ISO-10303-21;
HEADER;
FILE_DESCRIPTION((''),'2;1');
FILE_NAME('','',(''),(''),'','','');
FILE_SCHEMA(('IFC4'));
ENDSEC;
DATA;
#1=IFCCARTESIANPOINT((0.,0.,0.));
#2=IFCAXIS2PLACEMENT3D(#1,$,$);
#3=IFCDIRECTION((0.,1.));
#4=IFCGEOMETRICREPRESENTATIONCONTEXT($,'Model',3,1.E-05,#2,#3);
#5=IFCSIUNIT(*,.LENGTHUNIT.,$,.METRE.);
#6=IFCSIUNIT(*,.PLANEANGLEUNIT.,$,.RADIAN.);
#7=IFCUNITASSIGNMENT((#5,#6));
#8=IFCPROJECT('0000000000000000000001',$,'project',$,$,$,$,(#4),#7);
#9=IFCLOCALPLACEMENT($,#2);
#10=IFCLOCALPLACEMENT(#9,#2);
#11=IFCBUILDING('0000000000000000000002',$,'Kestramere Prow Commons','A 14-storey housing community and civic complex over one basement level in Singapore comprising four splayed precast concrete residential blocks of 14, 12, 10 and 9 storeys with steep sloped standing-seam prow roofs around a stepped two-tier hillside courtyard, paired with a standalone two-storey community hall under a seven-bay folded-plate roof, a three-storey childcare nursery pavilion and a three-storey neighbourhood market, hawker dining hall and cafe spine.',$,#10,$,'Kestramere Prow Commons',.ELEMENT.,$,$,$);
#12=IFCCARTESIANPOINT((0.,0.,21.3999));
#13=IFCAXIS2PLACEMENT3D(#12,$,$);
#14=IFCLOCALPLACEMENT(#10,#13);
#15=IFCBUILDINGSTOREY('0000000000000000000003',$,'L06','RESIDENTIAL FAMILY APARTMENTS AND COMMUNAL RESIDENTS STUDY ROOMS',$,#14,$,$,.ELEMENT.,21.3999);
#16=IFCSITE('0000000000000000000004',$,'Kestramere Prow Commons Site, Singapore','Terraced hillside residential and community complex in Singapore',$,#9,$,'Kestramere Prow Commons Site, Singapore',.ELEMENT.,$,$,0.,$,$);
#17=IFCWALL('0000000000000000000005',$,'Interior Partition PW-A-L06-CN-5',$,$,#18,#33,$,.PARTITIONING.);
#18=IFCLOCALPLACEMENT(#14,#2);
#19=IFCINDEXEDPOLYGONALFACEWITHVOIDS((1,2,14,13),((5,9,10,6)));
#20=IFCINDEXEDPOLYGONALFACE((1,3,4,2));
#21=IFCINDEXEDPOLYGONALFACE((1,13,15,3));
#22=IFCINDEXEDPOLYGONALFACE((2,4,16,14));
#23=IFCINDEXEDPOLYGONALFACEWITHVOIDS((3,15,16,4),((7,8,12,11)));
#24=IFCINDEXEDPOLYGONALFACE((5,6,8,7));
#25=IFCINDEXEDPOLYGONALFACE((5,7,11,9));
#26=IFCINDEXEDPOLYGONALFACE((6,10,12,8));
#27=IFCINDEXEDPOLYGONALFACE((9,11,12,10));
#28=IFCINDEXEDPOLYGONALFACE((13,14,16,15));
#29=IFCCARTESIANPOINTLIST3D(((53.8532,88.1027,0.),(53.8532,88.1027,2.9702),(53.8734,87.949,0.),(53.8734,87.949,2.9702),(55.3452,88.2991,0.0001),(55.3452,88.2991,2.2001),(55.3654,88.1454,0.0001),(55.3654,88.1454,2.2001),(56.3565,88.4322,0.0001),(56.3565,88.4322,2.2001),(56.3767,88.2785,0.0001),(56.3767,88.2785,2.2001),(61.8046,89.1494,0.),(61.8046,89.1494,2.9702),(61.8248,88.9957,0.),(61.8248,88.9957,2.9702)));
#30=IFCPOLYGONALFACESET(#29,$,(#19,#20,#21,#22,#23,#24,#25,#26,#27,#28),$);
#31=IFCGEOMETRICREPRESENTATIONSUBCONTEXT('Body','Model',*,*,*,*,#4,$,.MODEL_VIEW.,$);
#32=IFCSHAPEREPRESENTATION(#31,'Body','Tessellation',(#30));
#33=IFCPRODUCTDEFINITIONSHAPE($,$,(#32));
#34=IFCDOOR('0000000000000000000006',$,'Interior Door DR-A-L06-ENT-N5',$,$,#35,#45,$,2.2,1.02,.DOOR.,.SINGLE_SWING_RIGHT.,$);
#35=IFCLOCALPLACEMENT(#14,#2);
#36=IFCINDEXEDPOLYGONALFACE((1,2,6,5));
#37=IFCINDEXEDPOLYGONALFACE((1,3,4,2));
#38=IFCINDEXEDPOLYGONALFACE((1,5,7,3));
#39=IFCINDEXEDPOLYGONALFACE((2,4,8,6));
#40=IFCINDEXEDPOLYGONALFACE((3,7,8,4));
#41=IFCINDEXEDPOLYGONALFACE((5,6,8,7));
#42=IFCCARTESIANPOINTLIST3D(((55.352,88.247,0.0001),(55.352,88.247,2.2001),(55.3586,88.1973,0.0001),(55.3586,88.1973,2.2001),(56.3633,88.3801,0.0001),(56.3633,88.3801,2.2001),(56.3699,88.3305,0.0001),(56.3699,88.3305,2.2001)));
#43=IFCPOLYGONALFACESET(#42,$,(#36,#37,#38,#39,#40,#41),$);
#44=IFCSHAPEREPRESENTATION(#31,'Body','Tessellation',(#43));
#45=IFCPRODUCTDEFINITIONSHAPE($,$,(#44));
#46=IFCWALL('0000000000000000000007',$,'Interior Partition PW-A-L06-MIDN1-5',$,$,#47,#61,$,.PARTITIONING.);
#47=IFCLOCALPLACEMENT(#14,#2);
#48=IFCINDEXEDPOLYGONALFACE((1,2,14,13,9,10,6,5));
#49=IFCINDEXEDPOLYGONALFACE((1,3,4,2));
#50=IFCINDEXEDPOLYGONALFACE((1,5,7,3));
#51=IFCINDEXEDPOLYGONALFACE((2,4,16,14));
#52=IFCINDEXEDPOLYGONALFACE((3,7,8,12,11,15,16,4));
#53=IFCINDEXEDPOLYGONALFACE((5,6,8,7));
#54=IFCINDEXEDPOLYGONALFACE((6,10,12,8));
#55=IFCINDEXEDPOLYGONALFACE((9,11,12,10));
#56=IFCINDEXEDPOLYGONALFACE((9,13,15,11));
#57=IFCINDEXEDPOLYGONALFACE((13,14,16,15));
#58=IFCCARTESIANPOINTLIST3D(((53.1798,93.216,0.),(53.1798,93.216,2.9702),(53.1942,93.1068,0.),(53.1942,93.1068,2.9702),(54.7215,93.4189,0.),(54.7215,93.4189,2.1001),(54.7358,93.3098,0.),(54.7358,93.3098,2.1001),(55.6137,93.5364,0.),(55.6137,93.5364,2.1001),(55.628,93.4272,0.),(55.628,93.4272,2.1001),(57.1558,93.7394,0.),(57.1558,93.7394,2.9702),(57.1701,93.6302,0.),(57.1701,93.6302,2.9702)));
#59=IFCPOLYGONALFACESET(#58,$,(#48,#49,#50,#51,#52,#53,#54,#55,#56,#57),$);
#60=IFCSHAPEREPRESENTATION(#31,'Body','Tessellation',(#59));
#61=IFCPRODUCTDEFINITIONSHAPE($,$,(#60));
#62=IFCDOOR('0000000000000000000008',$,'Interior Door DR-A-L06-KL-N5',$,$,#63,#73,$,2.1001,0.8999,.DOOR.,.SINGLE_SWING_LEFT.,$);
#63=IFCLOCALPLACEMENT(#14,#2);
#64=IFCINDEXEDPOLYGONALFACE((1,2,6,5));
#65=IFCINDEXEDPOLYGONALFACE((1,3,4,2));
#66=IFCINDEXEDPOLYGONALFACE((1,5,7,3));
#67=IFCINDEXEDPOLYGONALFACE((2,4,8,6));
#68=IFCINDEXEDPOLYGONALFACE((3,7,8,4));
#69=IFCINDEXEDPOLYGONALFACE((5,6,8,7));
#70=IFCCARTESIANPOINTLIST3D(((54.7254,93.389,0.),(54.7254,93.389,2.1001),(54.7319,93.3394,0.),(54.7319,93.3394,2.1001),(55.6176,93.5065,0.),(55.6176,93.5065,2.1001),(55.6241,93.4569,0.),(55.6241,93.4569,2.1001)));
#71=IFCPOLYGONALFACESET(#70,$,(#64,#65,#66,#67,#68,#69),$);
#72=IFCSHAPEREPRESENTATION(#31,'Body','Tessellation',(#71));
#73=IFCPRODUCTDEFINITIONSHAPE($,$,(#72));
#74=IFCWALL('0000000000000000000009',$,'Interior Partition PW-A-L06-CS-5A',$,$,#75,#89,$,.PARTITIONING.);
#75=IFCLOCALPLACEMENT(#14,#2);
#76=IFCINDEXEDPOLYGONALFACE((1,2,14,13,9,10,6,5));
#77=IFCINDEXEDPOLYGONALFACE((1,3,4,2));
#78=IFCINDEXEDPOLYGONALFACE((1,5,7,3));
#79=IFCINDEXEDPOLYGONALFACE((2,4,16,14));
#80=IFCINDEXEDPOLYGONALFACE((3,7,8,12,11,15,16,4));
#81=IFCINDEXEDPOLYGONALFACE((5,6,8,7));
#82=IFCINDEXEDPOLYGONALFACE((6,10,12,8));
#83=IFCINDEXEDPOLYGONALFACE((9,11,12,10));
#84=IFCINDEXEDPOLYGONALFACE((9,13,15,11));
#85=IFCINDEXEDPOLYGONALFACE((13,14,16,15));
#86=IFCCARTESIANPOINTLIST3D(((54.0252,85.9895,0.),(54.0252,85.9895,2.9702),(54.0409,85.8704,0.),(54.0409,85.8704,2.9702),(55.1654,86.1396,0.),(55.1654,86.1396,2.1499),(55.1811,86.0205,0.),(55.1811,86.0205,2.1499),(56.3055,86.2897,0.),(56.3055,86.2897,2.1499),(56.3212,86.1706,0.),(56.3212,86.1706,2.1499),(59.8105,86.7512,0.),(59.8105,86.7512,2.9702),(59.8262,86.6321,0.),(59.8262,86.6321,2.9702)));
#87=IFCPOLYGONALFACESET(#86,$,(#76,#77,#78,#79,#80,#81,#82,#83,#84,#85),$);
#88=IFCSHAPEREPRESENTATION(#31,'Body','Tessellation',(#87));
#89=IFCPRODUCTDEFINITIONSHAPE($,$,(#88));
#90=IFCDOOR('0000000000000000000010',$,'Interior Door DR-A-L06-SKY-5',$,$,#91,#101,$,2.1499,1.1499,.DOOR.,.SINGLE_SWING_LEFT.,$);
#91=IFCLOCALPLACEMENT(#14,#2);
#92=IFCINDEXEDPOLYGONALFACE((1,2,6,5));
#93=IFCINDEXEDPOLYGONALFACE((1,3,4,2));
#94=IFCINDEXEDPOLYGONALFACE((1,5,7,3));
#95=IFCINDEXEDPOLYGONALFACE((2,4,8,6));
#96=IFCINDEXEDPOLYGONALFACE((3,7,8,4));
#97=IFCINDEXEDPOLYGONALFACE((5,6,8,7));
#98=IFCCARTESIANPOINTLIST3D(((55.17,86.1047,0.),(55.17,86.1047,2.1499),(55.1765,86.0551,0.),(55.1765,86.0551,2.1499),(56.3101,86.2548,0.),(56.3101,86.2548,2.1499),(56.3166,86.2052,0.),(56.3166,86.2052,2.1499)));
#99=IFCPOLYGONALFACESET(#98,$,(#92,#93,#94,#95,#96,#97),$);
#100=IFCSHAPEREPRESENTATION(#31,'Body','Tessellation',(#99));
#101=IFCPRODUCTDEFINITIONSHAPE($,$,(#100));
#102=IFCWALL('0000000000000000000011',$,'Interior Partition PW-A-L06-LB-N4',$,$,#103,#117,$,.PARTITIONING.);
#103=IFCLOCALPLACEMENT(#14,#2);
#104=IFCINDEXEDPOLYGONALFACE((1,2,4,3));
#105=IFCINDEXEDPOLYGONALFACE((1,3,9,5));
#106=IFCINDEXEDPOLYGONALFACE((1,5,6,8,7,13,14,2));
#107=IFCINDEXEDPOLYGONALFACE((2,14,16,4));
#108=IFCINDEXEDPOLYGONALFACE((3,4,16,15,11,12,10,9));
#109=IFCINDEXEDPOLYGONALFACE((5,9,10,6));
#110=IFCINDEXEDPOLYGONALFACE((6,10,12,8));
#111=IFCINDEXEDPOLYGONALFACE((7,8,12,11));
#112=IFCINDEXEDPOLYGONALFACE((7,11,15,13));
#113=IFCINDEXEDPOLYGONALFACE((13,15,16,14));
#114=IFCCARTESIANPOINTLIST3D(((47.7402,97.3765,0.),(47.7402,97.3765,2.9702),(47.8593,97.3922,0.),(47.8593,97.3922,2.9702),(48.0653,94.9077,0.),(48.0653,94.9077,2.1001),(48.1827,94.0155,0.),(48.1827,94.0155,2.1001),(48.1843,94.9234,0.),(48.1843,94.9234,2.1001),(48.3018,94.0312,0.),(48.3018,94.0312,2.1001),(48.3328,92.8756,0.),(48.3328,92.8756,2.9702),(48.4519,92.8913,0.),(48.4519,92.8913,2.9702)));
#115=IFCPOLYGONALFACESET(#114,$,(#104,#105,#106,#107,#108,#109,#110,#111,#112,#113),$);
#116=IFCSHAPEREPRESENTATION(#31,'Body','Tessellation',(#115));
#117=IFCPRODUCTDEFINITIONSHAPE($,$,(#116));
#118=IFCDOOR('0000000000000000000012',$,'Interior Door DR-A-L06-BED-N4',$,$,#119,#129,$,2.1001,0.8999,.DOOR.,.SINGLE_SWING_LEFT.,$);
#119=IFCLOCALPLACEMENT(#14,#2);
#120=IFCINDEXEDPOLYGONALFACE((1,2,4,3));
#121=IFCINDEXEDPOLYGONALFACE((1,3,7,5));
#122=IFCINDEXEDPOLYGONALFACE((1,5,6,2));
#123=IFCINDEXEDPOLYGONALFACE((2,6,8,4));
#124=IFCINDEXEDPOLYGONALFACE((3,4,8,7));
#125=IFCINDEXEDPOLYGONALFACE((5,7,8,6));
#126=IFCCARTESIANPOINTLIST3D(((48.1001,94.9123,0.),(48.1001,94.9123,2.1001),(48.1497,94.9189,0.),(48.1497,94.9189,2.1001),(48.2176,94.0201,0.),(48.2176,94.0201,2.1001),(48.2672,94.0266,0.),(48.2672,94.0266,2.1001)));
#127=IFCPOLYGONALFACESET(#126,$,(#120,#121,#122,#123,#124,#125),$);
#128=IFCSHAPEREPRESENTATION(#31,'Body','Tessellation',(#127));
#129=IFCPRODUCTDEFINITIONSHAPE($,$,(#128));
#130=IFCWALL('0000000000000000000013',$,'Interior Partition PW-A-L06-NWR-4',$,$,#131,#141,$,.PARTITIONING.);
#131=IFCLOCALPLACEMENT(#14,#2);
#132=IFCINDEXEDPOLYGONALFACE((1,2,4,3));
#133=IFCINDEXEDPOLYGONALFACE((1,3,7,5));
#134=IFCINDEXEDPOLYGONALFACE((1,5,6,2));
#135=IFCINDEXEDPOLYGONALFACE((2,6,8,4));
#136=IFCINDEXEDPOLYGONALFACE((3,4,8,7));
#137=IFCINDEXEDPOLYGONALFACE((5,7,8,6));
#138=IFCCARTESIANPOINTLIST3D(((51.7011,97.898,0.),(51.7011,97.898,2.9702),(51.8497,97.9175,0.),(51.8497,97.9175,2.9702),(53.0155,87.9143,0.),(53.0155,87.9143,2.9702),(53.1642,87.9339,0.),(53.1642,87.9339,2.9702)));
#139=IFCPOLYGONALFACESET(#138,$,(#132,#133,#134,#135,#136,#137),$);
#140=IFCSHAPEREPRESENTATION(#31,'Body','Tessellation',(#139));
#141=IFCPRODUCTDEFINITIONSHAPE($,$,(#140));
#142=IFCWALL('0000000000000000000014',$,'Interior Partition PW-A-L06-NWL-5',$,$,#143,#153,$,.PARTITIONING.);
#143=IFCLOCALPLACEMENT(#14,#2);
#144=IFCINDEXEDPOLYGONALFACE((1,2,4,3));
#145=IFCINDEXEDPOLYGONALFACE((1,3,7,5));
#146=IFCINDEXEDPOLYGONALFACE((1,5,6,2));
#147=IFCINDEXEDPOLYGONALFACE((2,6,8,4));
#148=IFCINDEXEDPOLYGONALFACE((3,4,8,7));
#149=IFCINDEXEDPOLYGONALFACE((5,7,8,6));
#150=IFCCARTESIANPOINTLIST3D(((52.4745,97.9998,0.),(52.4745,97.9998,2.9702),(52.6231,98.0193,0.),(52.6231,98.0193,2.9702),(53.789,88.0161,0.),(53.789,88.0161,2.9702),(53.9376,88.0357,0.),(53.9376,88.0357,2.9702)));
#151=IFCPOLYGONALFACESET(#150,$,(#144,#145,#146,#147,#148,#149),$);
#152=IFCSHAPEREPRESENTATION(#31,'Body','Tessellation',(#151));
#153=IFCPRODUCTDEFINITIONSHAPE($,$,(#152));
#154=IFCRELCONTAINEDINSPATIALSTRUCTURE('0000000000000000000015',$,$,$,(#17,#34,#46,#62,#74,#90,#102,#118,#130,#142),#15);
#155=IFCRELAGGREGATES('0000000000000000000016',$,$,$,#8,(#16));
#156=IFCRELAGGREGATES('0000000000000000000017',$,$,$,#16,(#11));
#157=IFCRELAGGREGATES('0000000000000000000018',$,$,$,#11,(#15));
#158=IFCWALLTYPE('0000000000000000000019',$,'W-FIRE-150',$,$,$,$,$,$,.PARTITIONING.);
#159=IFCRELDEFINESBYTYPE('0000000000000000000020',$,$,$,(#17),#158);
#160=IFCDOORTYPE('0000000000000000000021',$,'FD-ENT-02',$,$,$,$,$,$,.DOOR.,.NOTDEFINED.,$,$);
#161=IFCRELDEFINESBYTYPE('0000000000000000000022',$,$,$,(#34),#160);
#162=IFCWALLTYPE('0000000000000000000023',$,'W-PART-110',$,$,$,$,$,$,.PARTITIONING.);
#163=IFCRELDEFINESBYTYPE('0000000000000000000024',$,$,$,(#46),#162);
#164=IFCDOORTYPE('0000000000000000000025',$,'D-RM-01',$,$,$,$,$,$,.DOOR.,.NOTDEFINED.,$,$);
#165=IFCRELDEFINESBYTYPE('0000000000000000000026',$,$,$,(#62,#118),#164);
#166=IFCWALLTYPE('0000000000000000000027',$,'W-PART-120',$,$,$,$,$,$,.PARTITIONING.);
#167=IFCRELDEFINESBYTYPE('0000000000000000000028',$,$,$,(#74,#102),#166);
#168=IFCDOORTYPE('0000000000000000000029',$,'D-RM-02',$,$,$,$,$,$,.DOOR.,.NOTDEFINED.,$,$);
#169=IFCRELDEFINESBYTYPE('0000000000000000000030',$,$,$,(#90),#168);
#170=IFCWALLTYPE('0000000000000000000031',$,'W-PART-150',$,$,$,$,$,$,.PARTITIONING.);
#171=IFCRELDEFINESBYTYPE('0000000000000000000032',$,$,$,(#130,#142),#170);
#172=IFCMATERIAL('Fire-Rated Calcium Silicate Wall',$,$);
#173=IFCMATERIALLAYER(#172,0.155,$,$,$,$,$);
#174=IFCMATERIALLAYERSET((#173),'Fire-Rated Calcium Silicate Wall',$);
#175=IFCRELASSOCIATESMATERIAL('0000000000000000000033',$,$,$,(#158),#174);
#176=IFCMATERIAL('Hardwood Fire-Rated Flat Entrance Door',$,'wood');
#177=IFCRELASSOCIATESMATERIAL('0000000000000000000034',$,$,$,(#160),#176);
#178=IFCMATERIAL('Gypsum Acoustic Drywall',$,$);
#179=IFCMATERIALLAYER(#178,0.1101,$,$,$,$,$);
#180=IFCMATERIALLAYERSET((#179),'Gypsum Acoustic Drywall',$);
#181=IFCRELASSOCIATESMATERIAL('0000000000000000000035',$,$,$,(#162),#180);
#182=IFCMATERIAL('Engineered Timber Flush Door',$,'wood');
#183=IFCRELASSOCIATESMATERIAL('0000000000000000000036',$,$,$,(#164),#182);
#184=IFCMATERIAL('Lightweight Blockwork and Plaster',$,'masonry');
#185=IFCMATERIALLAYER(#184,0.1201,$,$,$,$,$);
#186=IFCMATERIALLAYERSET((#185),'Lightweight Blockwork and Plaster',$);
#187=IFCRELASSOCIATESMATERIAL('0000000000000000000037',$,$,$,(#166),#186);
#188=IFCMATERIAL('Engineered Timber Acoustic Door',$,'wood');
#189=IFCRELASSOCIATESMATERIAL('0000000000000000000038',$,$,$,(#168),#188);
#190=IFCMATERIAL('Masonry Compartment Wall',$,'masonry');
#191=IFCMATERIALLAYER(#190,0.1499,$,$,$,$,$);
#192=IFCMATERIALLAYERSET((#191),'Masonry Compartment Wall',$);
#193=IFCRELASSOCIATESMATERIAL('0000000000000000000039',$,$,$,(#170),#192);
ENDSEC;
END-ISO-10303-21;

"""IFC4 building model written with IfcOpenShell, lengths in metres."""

from ifc_helpers import new_model, si_unit, direction, frame, frame_2d, origin, place, context, subcontext, project, spatial, rectangle, extrude, material, layer, layer_set, type_object, element, fill, save


model = new_model("IFC4")

# Units and contexts
model_context = context("Model", 3, precision=1e-05, world=origin(), true_north=direction((0.0, 1.0)))
body_context = subcontext(model_context, "Body", "Model", "MODEL_VIEW")
ifc_project = project(units=[si_unit("LENGTHUNIT", "METRE"), si_unit("PLANEANGLEUNIT", "RADIAN")], contexts=[model_context])

# Site, building, storey
site_placement = place(None, origin())
site = spatial("IfcSite", under=ifc_project, at=site_placement, Name="Kestramere Prow Commons Site, Singapore", Description="Terraced hillside residential and community complex in Singapore", LongName="Kestramere Prow Commons Site, Singapore", CompositionType="ELEMENT", RefElevation=0.0)
building_placement = place(site_placement, origin())
building = spatial("IfcBuilding", under=site, at=building_placement, Name="Kestramere Prow Commons", Description="A 14-storey housing community and civic complex over one basement level in Singapore comprising four splayed precast concrete residential blocks of 14, 12, 10 and 9 storeys with steep sloped standing-seam prow roofs around a stepped two-tier hillside courtyard, paired with a standalone two-storey community hall under a seven-bay folded-plate roof, a three-storey childcare nursery pavilion and a three-storey neighbourhood market, hawker dining hall and cafe spine.", LongName="Kestramere Prow Commons", CompositionType="ELEMENT")
storey_placement = place(building_placement, frame((0.0, 0.0, 21.3999)))
storey = spatial("IfcBuildingStorey", under=building, at=storey_placement, Name="L06", Description="RESIDENTIAL FAMILY APARTMENTS AND COMMUNAL RESIDENTS STUDY ROOMS", CompositionType="ELEMENT", Elevation=21.3999)

# Walls, openings, doors
ifc_material_1 = material(Name="Fire-Rated Calcium Silicate Wall")
ifc_layer_1 = layer(ifc_material_1, 0.155)
ifc_layer_set_1 = layer_set([ifc_layer_1], Name="Fire-Rated Calcium Silicate Wall")
wall_type_1 = type_object("IfcWallType", Name="W-FIRE-150", PredefinedType="PARTITIONING", material=ifc_layer_set_1)
wall_1_placement = place(storey_placement, frame((53.8633, 88.0259, 0.0), z_axis=(0.0, 0.0, 1.0), x_axis=(0.991448, 0.130503, 0.0)))
wall_1 = element("IfcWall", 1, at=wall_1_placement, inside=storey, type_object=wall_type_1, Name="Interior Partition PW-A-L06-CN-5", PredefinedType="PARTITIONING", context=body_context, shape_type="SweptSolid", body=[
    extrude(rectangle(XDim=8.02, YDim=0.155, at=frame_2d((4.01, 0.0))), origin(), (0.0, 0.0, 1.0), 2.9702),
])
opening_1_placement = place(wall_1_placement, frame((1.5049, 0.0, 0.0)))
opening_1 = element("IfcOpeningElement", 2, at=opening_1_placement, cuts=wall_1, PredefinedType="OPENING", context=body_context, shape_type="SweptSolid", body=[
    extrude(rectangle(XDim=1.02, YDim=2.2, at=frame_2d((0.51, 1.1001))), frame((0.0, 0.0925, 0.0), z_axis=(0.0, -1.0, 0.0), x_axis=(1.0, 0.0, 0.0)), (0.0, 0.0, 1.0), 0.1851),
])
ifc_material_2 = material(Name="Hardwood Fire-Rated Flat Entrance Door", Category="wood")
door_type_1 = type_object("IfcDoorType", Name="FD-ENT-02", OperationType="NOTDEFINED", PredefinedType="DOOR", material=ifc_material_2)
door_1_placement = place(opening_1_placement, origin())
door_1 = element("IfcDoor", 3, at=door_1_placement, inside=storey, type_object=door_type_1, Name="Interior Door DR-A-L06-ENT-N5", OperationType="SINGLE_SWING_RIGHT", OverallHeight=2.2, OverallWidth=1.02, PredefinedType="DOOR", context=body_context, shape_type="SweptSolid", body=[
    extrude(rectangle(XDim=1.02, YDim=2.2, at=frame_2d((0.51, 1.1001))), frame((0.0, 0.0249, 0.0), z_axis=(0.0, -1.0, 0.0), x_axis=(1.0, 0.0, 0.0)), (0.0, 0.0, 1.0), 0.05),
])
fill(opening_1, door_1)
ifc_material_3 = material(Name="Gypsum Acoustic Drywall")
ifc_layer_2 = layer(ifc_material_3, 0.1101)
ifc_layer_set_2 = layer_set([ifc_layer_2], Name="Gypsum Acoustic Drywall")
wall_type_2 = type_object("IfcWallType", Name="W-PART-110", PredefinedType="PARTITIONING", material=ifc_layer_set_2)
wall_2_placement = place(storey_placement, frame((53.187, 93.1614, 0.0), z_axis=(0.0, 0.0, 1.0), x_axis=(0.991445, 0.130529, 0.0)))
wall_2 = element("IfcWall", 4, at=wall_2_placement, inside=storey, type_object=wall_type_2, Name="Interior Partition PW-A-L06-MIDN1-5", PredefinedType="PARTITIONING", context=body_context, shape_type="SweptSolid", body=[
    extrude(rectangle(XDim=4.0103, YDim=0.1101, at=frame_2d((2.0051, 0.0))), origin(), (0.0, 0.0, 1.0), 2.9702),
])
opening_2_placement = place(wall_2_placement, frame((1.5549, 0.0, 0.0)))
opening_2 = element("IfcOpeningElement", 5, at=opening_2_placement, cuts=wall_2, PredefinedType="OPENING", context=body_context, shape_type="SweptSolid", body=[
    extrude(rectangle(XDim=0.8999, YDim=2.1001, at=frame_2d((0.45, 1.05))), frame((0.0, 0.0701, 0.0), z_axis=(0.0, -1.0, 0.0), x_axis=(1.0, 0.0, 0.0)), (0.0, 0.0, 1.0), 0.1401),
])
ifc_material_4 = material(Name="Engineered Timber Flush Door", Category="wood")
door_type_2 = type_object("IfcDoorType", Name="D-RM-01", OperationType="NOTDEFINED", PredefinedType="DOOR", material=ifc_material_4)
door_2_placement = place(opening_2_placement, origin())
door_2 = element("IfcDoor", 6, at=door_2_placement, inside=storey, type_object=door_type_2, Name="Interior Door DR-A-L06-KL-N5", OperationType="SINGLE_SWING_LEFT", OverallHeight=2.1001, OverallWidth=0.8999, PredefinedType="DOOR", context=body_context, shape_type="SweptSolid", body=[
    extrude(rectangle(XDim=0.8999, YDim=2.1001, at=frame_2d((0.45, 1.05))), frame((0.0, 0.0249, 0.0), z_axis=(0.0, -1.0, 0.0), x_axis=(1.0, 0.0, 0.0)), (0.0, 0.0, 1.0), 0.05),
])
fill(opening_2, door_2)
ifc_material_5 = material(Name="Lightweight Blockwork and Plaster", Category="masonry")
ifc_layer_3 = layer(ifc_material_5, 0.1201)
ifc_layer_set_3 = layer_set([ifc_layer_3], Name="Lightweight Blockwork and Plaster")
wall_type_3 = type_object("IfcWallType", Name="W-PART-120", PredefinedType="PARTITIONING", material=ifc_layer_set_3)
wall_3_placement = place(storey_placement, frame((54.0332, 85.9299, 0.0), z_axis=(0.0, 0.0, 1.0), x_axis=(0.991443, 0.130541, 0.0)))
wall_3 = element("IfcWall", 7, at=wall_3_placement, inside=storey, type_object=wall_type_3, Name="Interior Partition PW-A-L06-CS-5A", PredefinedType="PARTITIONING", context=body_context, shape_type="SweptSolid", body=[
    extrude(rectangle(XDim=5.8352, YDim=0.1201, at=frame_2d((2.9175, 0.0))), origin(), (0.0, 0.0, 1.0), 2.9702),
])
opening_3_placement = place(wall_3_placement, frame((1.1499, 0.0, 0.0)))
opening_3 = element("IfcOpeningElement", 8, at=opening_3_placement, cuts=wall_3, PredefinedType="OPENING", context=body_context, shape_type="SweptSolid", body=[
    extrude(rectangle(XDim=1.1499, YDim=2.1499, at=frame_2d((0.575, 1.075))), frame((0.0, 0.075, 0.0), z_axis=(0.0, -1.0, 0.0), x_axis=(1.0, 0.0, 0.0)), (0.0, 0.0, 1.0), 0.1501),
])
ifc_material_6 = material(Name="Engineered Timber Acoustic Door", Category="wood")
door_type_3 = type_object("IfcDoorType", Name="D-RM-02", OperationType="NOTDEFINED", PredefinedType="DOOR", material=ifc_material_6)
door_3_placement = place(opening_3_placement, origin())
door_3 = element("IfcDoor", 9, at=door_3_placement, inside=storey, type_object=door_type_3, Name="Interior Door DR-A-L06-SKY-5", OperationType="SINGLE_SWING_LEFT", OverallHeight=2.1499, OverallWidth=1.1499, PredefinedType="DOOR", context=body_context, shape_type="SweptSolid", body=[
    extrude(rectangle(XDim=1.1499, YDim=2.1499, at=frame_2d((0.575, 1.075))), frame((0.0, 0.0249, 0.0), z_axis=(0.0, -1.0, 0.0), x_axis=(1.0, 0.0, 0.0)), (0.0, 0.0, 1.0), 0.05),
])
fill(opening_3, door_3)
wall_4_placement = place(storey_placement, frame((48.3923, 92.8833, 0.0), z_axis=(0.0, 0.0, 1.0), x_axis=(-0.130519, 0.991446, 0.0)))
wall_4 = element("IfcWall", 10, at=wall_4_placement, inside=storey, type_object=wall_type_3, Name="Interior Partition PW-A-L06-LB-N4", PredefinedType="PARTITIONING", context=body_context, shape_type="SweptSolid", body=[
    extrude(rectangle(XDim=4.5398, YDim=0.1201, at=frame_2d((2.27, 0.0))), origin(), (0.0, 0.0, 1.0), 2.9702),
])
opening_4_placement = place(wall_4_placement, frame((1.1499, 0.0, 0.0)))
opening_4 = element("IfcOpeningElement", 11, at=opening_4_placement, cuts=wall_4, PredefinedType="OPENING", context=body_context, shape_type="SweptSolid", body=[
    extrude(rectangle(XDim=0.8999, YDim=2.1001, at=frame_2d((0.45, 1.05))), frame((0.0, 0.075, 0.0), z_axis=(0.0, -1.0, 0.0), x_axis=(1.0, 0.0, 0.0)), (0.0, 0.0, 1.0), 0.1501),
])
door_4_placement = place(opening_4_placement, origin())
door_4 = element("IfcDoor", 12, at=door_4_placement, inside=storey, type_object=door_type_2, Name="Interior Door DR-A-L06-BED-N4", OperationType="SINGLE_SWING_LEFT", OverallHeight=2.1001, OverallWidth=0.8999, PredefinedType="DOOR", context=body_context, shape_type="SweptSolid", body=[
    extrude(rectangle(XDim=0.8999, YDim=2.1001, at=frame_2d((0.45, 1.05))), frame((0.0, 0.0249, 0.0), z_axis=(0.0, -1.0, 0.0), x_axis=(1.0, 0.0, 0.0)), (0.0, 0.0, 1.0), 0.05),
])
fill(opening_4, door_4)

# Walls
ifc_material_7 = material(Name="Masonry Compartment Wall", Category="masonry")
ifc_layer_4 = layer(ifc_material_7, 0.1499)
ifc_layer_set_4 = layer_set([ifc_layer_4], Name="Masonry Compartment Wall")
wall_type_4 = type_object("IfcWallType", Name="W-PART-150", PredefinedType="PARTITIONING", material=ifc_layer_set_4)
for number, where, z_axis, x_axis, name in (
    (13, (53.0898, 87.9241, 0.0), (0.0, 0.0, 1.0), (-0.130534, 0.991444, 0.0), "Interior Partition PW-A-L06-NWR-4"),
    (14, (53.8633, 88.0259, 0.0), (0.0, 0.0, 1.0), (-0.130534, 0.991444, 0.0), "Interior Partition PW-A-L06-NWL-5"),
):
    element("IfcWall", number, at=place(storey_placement, frame(where, z_axis=z_axis, x_axis=x_axis)), inside=storey, type_object=wall_type_4, Name=name, PredefinedType="PARTITIONING", context=body_context, shape_type="SweptSolid", body=[
        extrude(rectangle(XDim=10.0698, YDim=0.1499, at=frame_2d((5.0349, 0.0))), origin(), (0.0, 0.0, 1.0), 2.9702),
    ])

save(model, "model.ifc")
